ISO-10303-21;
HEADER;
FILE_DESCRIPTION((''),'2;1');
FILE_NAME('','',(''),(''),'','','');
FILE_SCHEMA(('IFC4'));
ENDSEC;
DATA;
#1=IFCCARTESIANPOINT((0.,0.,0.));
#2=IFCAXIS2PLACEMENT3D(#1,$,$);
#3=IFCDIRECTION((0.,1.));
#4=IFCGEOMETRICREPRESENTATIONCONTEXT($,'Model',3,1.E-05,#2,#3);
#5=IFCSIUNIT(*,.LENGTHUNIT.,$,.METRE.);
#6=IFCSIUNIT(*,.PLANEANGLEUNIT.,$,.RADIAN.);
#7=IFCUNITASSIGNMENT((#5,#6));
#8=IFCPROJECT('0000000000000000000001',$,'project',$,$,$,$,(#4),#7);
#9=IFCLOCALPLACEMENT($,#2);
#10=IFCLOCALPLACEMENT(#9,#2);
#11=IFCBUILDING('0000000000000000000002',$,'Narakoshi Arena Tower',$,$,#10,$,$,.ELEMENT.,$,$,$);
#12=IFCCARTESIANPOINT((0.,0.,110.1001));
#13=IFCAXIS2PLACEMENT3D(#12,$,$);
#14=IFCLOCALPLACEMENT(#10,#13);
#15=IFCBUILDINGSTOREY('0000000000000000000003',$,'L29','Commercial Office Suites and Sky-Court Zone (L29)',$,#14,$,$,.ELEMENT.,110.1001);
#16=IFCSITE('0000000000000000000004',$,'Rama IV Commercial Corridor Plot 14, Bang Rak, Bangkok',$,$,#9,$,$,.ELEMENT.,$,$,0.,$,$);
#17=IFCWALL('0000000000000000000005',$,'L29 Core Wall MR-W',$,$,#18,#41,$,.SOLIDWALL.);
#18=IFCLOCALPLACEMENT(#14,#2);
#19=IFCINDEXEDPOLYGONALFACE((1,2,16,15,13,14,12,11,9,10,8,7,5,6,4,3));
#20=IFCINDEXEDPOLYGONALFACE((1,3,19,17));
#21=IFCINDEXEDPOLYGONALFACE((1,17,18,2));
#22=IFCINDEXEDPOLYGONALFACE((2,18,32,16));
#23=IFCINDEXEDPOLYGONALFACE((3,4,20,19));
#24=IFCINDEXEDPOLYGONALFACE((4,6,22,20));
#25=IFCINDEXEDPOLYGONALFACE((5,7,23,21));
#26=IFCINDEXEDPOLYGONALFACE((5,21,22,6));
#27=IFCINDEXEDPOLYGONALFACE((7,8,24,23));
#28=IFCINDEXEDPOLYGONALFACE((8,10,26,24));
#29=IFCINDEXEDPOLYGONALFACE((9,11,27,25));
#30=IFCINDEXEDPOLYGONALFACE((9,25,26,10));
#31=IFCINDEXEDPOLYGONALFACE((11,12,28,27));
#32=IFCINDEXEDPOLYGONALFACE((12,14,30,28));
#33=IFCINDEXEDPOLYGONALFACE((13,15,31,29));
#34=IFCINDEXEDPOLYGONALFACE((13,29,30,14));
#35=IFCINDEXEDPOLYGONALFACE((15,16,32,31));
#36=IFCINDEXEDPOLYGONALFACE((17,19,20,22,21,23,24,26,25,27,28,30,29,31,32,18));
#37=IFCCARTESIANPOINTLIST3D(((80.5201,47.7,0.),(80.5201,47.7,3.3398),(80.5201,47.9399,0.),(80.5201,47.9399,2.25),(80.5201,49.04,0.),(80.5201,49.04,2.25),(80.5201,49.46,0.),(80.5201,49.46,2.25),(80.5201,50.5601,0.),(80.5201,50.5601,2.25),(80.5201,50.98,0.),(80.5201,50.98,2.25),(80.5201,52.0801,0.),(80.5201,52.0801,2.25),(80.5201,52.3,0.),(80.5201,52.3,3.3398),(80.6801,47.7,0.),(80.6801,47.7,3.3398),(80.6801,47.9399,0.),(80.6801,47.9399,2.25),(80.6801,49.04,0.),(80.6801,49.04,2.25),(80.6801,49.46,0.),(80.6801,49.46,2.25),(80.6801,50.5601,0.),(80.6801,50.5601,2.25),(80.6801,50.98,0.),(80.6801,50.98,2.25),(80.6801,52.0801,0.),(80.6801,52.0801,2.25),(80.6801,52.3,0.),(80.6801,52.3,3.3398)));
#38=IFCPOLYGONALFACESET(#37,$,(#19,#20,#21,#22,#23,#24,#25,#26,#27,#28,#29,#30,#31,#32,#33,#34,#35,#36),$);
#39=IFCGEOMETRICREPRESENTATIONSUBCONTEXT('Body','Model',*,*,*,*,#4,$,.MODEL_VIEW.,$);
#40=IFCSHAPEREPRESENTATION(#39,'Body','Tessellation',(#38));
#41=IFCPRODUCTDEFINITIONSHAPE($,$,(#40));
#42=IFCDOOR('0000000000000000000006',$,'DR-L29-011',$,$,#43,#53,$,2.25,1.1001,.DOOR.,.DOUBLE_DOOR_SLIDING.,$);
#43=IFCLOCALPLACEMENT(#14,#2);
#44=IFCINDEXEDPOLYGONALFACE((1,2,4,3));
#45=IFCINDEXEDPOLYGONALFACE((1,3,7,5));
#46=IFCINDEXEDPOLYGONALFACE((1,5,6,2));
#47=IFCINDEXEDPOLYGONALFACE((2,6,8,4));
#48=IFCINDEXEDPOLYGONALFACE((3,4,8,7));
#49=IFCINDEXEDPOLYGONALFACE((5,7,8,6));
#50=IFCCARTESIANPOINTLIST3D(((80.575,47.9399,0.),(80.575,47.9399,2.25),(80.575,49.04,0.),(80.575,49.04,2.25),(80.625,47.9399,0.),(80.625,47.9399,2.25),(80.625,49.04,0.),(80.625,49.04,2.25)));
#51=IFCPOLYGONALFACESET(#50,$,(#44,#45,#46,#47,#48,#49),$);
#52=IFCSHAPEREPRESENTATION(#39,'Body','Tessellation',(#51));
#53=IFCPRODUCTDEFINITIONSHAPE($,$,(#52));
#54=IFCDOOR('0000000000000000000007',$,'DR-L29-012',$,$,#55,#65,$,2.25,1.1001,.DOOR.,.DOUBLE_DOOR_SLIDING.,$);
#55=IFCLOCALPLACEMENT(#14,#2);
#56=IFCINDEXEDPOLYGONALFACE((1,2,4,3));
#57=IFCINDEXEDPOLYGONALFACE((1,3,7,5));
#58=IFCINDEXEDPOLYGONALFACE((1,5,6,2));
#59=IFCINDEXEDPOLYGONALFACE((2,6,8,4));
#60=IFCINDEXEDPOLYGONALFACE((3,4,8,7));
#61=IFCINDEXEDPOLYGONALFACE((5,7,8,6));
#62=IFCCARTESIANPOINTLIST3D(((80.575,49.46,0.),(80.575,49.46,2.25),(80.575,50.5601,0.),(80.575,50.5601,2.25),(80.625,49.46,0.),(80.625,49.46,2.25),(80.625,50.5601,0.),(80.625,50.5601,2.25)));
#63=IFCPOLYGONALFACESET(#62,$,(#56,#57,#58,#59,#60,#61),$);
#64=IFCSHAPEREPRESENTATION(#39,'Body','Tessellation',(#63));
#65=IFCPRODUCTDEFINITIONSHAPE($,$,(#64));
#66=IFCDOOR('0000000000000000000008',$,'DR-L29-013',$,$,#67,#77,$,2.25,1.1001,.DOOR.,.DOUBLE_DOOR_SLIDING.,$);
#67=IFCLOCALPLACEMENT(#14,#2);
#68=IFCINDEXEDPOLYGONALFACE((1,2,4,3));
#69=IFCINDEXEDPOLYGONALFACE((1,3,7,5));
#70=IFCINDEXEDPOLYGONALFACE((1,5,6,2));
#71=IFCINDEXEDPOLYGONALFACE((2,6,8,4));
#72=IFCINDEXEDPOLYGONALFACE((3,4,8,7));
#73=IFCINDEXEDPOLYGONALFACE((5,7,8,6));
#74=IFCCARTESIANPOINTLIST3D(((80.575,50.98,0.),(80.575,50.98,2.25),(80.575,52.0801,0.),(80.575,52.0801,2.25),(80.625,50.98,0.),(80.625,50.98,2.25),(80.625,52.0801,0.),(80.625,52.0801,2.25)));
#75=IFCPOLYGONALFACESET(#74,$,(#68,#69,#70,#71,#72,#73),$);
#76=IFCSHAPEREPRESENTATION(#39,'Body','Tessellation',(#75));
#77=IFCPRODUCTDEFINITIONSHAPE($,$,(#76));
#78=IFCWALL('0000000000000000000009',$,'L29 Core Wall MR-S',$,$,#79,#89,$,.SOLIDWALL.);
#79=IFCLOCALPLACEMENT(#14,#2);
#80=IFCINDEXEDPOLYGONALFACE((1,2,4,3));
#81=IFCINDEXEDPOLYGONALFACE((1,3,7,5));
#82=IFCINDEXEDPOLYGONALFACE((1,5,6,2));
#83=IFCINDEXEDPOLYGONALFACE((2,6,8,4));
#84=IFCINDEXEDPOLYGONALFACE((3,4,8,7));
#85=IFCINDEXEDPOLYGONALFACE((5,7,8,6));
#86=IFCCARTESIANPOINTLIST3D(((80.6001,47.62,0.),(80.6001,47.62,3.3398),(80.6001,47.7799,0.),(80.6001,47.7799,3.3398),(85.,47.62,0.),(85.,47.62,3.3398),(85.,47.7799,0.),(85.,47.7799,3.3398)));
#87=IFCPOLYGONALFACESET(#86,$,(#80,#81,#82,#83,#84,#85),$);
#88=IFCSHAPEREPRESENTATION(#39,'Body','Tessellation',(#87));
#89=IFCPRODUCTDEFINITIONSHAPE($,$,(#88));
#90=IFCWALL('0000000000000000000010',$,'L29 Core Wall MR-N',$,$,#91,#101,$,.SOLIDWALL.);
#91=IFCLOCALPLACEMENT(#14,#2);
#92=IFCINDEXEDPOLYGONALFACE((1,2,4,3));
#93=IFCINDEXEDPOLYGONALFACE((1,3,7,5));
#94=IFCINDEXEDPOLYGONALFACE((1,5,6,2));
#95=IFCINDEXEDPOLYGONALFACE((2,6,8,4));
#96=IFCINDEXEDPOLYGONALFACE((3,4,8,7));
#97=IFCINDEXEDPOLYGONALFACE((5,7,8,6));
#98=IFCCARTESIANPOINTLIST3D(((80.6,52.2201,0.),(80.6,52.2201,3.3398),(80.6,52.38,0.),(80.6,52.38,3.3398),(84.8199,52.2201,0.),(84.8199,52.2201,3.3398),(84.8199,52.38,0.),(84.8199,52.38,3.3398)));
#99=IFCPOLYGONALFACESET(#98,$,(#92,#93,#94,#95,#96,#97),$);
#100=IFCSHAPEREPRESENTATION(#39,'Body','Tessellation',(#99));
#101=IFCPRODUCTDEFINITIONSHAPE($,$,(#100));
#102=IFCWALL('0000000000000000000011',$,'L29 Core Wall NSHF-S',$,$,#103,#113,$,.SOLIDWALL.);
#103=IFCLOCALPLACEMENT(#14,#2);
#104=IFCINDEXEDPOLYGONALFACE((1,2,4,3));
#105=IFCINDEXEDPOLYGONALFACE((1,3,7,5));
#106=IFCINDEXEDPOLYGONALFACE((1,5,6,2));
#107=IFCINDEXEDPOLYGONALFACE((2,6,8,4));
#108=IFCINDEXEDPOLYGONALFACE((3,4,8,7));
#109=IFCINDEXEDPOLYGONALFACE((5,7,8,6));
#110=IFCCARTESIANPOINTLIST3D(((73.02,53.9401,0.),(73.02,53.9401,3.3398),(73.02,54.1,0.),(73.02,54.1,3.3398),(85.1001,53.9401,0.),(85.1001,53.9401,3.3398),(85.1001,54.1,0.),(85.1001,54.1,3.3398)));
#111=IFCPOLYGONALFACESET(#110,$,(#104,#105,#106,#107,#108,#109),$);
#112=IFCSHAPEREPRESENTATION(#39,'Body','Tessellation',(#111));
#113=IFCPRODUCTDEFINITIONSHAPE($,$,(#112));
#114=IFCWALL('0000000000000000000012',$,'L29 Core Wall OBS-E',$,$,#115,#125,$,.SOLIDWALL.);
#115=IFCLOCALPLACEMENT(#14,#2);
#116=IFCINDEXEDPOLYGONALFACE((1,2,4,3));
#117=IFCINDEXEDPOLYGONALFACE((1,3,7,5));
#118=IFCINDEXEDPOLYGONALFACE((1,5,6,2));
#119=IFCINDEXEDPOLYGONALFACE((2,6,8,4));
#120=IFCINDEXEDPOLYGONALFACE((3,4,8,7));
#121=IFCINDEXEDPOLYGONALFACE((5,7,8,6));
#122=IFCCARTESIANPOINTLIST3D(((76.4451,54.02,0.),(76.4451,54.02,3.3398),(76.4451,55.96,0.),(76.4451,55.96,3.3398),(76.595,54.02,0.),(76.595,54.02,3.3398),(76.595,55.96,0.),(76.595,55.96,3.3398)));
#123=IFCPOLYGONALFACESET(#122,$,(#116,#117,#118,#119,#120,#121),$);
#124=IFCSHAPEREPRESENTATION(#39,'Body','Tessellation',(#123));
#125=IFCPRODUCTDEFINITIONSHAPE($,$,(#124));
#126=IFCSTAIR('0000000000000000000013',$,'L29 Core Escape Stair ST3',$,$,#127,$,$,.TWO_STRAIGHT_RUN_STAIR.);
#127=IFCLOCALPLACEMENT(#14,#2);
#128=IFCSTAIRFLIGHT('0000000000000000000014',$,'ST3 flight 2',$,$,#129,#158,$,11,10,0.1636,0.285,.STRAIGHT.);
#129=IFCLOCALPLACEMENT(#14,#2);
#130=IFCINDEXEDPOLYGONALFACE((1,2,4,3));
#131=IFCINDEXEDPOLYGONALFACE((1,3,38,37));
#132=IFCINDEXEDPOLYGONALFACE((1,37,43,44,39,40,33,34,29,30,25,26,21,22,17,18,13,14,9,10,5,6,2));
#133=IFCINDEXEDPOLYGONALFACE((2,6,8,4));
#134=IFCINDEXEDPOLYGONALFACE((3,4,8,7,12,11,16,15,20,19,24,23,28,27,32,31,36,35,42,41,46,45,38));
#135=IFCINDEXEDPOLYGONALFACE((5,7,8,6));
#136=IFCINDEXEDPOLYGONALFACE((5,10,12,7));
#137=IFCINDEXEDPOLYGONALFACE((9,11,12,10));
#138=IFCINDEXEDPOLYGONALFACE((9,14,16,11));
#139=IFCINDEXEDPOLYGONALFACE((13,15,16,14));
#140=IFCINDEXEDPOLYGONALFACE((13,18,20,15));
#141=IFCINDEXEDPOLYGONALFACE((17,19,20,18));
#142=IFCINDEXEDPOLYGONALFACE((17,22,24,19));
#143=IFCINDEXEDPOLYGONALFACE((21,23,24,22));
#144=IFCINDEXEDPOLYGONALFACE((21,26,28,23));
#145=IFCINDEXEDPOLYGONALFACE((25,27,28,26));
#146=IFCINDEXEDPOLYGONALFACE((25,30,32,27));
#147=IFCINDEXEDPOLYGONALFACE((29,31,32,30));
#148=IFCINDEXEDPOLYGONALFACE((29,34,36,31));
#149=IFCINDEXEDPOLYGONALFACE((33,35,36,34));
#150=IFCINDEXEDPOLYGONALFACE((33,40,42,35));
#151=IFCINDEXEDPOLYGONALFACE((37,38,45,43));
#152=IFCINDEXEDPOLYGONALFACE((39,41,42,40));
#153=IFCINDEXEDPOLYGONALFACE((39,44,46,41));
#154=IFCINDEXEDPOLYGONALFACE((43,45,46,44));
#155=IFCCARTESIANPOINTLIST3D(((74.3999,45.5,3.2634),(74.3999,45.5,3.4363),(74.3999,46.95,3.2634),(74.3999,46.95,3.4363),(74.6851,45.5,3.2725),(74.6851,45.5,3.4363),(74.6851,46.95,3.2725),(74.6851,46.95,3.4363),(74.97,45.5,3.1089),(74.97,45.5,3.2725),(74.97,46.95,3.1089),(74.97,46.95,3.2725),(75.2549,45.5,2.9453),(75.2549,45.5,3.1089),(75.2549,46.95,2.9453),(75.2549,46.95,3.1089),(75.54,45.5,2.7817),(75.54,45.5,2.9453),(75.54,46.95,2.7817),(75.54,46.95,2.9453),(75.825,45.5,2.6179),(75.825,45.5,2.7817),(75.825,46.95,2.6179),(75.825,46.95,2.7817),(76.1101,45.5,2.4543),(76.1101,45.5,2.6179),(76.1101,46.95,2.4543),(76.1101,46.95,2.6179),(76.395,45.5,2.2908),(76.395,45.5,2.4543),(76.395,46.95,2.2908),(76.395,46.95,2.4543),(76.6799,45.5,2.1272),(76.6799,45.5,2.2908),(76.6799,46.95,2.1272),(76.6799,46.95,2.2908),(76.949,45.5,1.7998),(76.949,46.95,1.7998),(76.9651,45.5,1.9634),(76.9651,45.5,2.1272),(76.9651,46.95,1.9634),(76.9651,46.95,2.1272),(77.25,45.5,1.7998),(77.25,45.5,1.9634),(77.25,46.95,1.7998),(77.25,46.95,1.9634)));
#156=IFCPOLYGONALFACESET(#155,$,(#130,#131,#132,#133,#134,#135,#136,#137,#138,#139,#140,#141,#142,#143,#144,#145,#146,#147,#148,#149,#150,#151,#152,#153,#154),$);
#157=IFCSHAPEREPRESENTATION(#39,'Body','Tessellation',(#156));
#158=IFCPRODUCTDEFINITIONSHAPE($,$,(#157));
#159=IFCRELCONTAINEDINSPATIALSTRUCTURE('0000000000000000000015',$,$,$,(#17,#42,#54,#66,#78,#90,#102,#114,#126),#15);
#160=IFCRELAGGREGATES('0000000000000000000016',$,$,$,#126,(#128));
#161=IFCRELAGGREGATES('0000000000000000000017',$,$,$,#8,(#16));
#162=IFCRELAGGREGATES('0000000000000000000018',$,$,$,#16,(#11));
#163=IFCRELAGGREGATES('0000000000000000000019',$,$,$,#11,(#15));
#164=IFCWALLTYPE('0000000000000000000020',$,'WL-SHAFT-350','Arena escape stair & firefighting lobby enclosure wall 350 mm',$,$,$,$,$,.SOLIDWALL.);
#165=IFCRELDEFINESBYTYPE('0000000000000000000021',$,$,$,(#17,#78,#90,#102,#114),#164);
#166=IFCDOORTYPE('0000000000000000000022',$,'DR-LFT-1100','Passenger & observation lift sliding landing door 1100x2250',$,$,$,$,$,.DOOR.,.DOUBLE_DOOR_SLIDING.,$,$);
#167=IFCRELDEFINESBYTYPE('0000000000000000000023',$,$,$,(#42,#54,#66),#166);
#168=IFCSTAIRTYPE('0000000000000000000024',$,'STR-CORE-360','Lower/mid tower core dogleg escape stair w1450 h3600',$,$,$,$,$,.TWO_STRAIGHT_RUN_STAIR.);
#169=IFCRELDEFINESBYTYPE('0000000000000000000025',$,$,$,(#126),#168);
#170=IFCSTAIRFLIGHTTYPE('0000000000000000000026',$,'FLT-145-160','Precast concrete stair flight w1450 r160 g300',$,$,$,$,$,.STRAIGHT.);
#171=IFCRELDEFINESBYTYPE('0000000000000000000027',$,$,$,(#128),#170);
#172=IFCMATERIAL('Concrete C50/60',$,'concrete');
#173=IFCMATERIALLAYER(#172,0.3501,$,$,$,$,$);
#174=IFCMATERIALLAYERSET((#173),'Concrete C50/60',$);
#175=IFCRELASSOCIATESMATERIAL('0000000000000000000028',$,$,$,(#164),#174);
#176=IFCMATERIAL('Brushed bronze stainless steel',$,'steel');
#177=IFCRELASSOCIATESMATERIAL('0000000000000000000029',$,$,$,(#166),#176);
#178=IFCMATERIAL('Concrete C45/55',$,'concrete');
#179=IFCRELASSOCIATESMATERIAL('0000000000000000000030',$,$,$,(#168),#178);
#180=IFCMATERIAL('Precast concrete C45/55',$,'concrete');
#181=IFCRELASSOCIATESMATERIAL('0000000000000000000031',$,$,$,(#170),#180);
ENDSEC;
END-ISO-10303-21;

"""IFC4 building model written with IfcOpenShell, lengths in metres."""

from ifc_helpers import new_model, si_unit, direction, frame, frame_2d, origin, place, context, subcontext, project, spatial, polyline, rectangle, outline, extrude, material, layer, layer_set, type_object, element, fill, aggregate, save


model = new_model("IFC4")

# Units and contexts
model_context = context("Model", 3, precision=1e-05, world=origin(), true_north=direction((0.0, 1.0)))
body_context = subcontext(model_context, "Body", "Model", "MODEL_VIEW")
ifc_project = project(units=[si_unit("LENGTHUNIT", "METRE"), si_unit("PLANEANGLEUNIT", "RADIAN")], contexts=[model_context])

# Site, building, storey
site_placement = place(None, origin())
site = spatial("IfcSite", under=ifc_project, at=site_placement, Name="Rama IV Commercial Corridor Plot 14, Bang Rak, Bangkok", CompositionType="ELEMENT", RefElevation=0.0)
building_placement = place(site_placement, origin())
building = spatial("IfcBuilding", under=site, at=building_placement, Name="Narakoshi Arena Tower", CompositionType="ELEMENT")
storey_placement = place(building_placement, frame((0.0, 0.0, 110.1001)))
storey = spatial("IfcBuildingStorey", under=building, at=storey_placement, Name="L29", Description="Commercial Office Suites and Sky-Court Zone (L29)", CompositionType="ELEMENT", Elevation=110.1001)

# Shared definitions
ifc_material_1 = material(Name="Concrete C50/60", Category="concrete")
ifc_layer_1 = layer(ifc_material_1, 0.3501)
ifc_layer_set_1 = layer_set([ifc_layer_1], Name="Concrete C50/60")
wall_type_1 = type_object("IfcWallType", Name="WL-SHAFT-350", Description="Arena escape stair & firefighting lobby enclosure wall 350 mm", PredefinedType="SOLIDWALL", material=ifc_layer_set_1)

# Wall, openings, doors
wall_1_placement = place(storey_placement, frame((80.6001, 47.7, 0.0), z_axis=(0.0, 0.0, 1.0), x_axis=(0.0, 1.0, 0.0)))
wall_1 = element("IfcWall", 1, at=wall_1_placement, inside=storey, type_object=wall_type_1, Name="L29 Core Wall MR-W", PredefinedType="SOLIDWALL", context=body_context, shape_type="SweptSolid", body=[
    extrude(rectangle(XDim=4.6001, YDim=0.1599, at=frame_2d((2.3, 0.0))), origin(), (0.0, 0.0, 1.0), 3.3398),
])
opening_1_placement = place(wall_1_placement, frame((0.24, 0.0, 0.0)))
opening_1 = element("IfcOpeningElement", 2, at=opening_1_placement, cuts=wall_1, PredefinedType="OPENING", context=body_context, shape_type="SweptSolid", body=[
    extrude(rectangle(XDim=1.1001, YDim=2.25, at=frame_2d((0.55, 1.125))), frame((0.0, 0.0898, 0.0), z_axis=(0.0, -1.0, 0.0), x_axis=(1.0, 0.0, 0.0)), (0.0, 0.0, 1.0), 0.1799),
])
opening_2_placement = place(wall_1_placement, frame((1.76, 0.0, 0.0)))
opening_2 = element("IfcOpeningElement", 3, at=opening_2_placement, cuts=wall_1, PredefinedType="OPENING", context=body_context, shape_type="SweptSolid", body=[
    extrude(rectangle(XDim=1.1001, YDim=2.25, at=frame_2d((0.55, 1.125))), frame((0.0, 0.0898, 0.0), z_axis=(0.0, -1.0, 0.0), x_axis=(1.0, 0.0, 0.0)), (0.0, 0.0, 1.0), 0.1799),
])
opening_3_placement = place(wall_1_placement, frame((3.28, 0.0, 0.0)))
opening_3 = element("IfcOpeningElement", 4, at=opening_3_placement, cuts=wall_1, PredefinedType="OPENING", context=body_context, shape_type="SweptSolid", body=[
    extrude(rectangle(XDim=1.1001, YDim=2.25, at=frame_2d((0.55, 1.125))), frame((0.0, 0.0898, 0.0), z_axis=(0.0, -1.0, 0.0), x_axis=(1.0, 0.0, 0.0)), (0.0, 0.0, 1.0), 0.1799),
])
ifc_material_2 = material(Name="Brushed bronze stainless steel", Category="steel")
door_type_1 = type_object("IfcDoorType", Name="DR-LFT-1100", Description="Passenger & observation lift sliding landing door 1100x2250", OperationType="DOUBLE_DOOR_SLIDING", PredefinedType="DOOR", material=ifc_material_2)
door_1_placement = place(opening_1_placement, frame((1.1001, 0.0, 0.0), z_axis=(0.0, 0.0, 1.0), x_axis=(-1.0, 0.0, 0.0)))
door_1 = element("IfcDoor", 5, at=door_1_placement, inside=storey, type_object=door_type_1, Name="DR-L29-011", OperationType="DOUBLE_DOOR_SLIDING", OverallHeight=2.25, OverallWidth=1.1001, PredefinedType="DOOR", context=body_context, shape_type="SweptSolid", body=[
    extrude(rectangle(XDim=1.1001, YDim=2.25, at=frame_2d((0.55, 1.125))), frame((0.0, 0.0249, 0.0), z_axis=(0.0, -1.0, 0.0), x_axis=(1.0, 0.0, 0.0)), (0.0, 0.0, 1.0), 0.05),
])
fill(opening_1, door_1)
door_2_placement = place(opening_2_placement, frame((1.1001, 0.0, 0.0), z_axis=(0.0, 0.0, 1.0), x_axis=(-1.0, 0.0, 0.0)))
door_2 = element("IfcDoor", 6, at=door_2_placement, inside=storey, type_object=door_type_1, Name="DR-L29-012", OperationType="DOUBLE_DOOR_SLIDING", OverallHeight=2.25, OverallWidth=1.1001, PredefinedType="DOOR", context=body_context, shape_type="SweptSolid", body=[
    extrude(rectangle(XDim=1.1001, YDim=2.25, at=frame_2d((0.55, 1.125))), frame((0.0, 0.0249, 0.0), z_axis=(0.0, -1.0, 0.0), x_axis=(1.0, 0.0, 0.0)), (0.0, 0.0, 1.0), 0.05),
])
fill(opening_2, door_2)
door_3_placement = place(opening_3_placement, frame((1.1001, 0.0, 0.0), z_axis=(0.0, 0.0, 1.0), x_axis=(-1.0, 0.0, 0.0)))
door_3 = element("IfcDoor", 7, at=door_3_placement, inside=storey, type_object=door_type_1, Name="DR-L29-013", OperationType="DOUBLE_DOOR_SLIDING", OverallHeight=2.25, OverallWidth=1.1001, PredefinedType="DOOR", context=body_context, shape_type="SweptSolid", body=[
    extrude(rectangle(XDim=1.1001, YDim=2.25, at=frame_2d((0.55, 1.125))), frame((0.0, 0.0249, 0.0), z_axis=(0.0, -1.0, 0.0), x_axis=(1.0, 0.0, 0.0)), (0.0, 0.0, 1.0), 0.05),
])
fill(opening_3, door_3)

# Walls
wall_2_placement = place(storey_placement, frame((80.6001, 47.7, 0.0), z_axis=(0.0, 0.0, 1.0), x_axis=(1.0, 0.0, 0.0)))
element("IfcWall", 8, at=wall_2_placement, inside=storey, type_object=wall_type_1, Name="L29 Core Wall MR-S", PredefinedType="SOLIDWALL", context=body_context, shape_type="SweptSolid", body=[
    extrude(rectangle(XDim=4.3999, YDim=0.1599, at=frame_2d((2.2, 0.0))), origin(), (0.0, 0.0, 1.0), 3.3398),
])
wall_3_placement = place(storey_placement, frame((80.6001, 52.3, 0.0), z_axis=(0.0, 0.0, 1.0), x_axis=(1.0, 0.0, 0.0)))
element("IfcWall", 9, at=wall_3_placement, inside=storey, type_object=wall_type_1, Name="L29 Core Wall MR-N", PredefinedType="SOLIDWALL", context=body_context, shape_type="SweptSolid", body=[
    extrude(rectangle(XDim=4.22, YDim=0.1599, at=frame_2d((2.1099, 0.0))), origin(), (0.0, 0.0, 1.0), 3.3398),
])
wall_4_placement = place(storey_placement, frame((73.02, 54.02, 0.0), z_axis=(0.0, 0.0, 1.0), x_axis=(1.0, 0.0, 0.0)))
element("IfcWall", 10, at=wall_4_placement, inside=storey, type_object=wall_type_1, Name="L29 Core Wall NSHF-S", PredefinedType="SOLIDWALL", context=body_context, shape_type="SweptSolid", body=[
    extrude(rectangle(XDim=12.0801, YDim=0.1599, at=frame_2d((6.04, 0.0))), origin(), (0.0, 0.0, 1.0), 3.3398),
])
wall_5_placement = place(storey_placement, frame((76.52, 54.02, 0.0), z_axis=(0.0, 0.0, 1.0), x_axis=(0.0, 1.0, 0.0)))
element("IfcWall", 11, at=wall_5_placement, inside=storey, type_object=wall_type_1, Name="L29 Core Wall OBS-E", PredefinedType="SOLIDWALL", context=body_context, shape_type="SweptSolid", body=[
    extrude(rectangle(XDim=1.9399, YDim=0.1499, at=frame_2d((0.97, 0.0))), origin(), (0.0, 0.0, 1.0), 3.3398),
])

# Stair, stair flight
ifc_material_3 = material(Name="Concrete C45/55", Category="concrete")
stair_type = type_object("IfcStairType", Name="STR-CORE-360", Description="Lower/mid tower core dogleg escape stair w1450 h3600", PredefinedType="TWO_STRAIGHT_RUN_STAIR", material=ifc_material_3)
stair_placement = place(storey_placement, origin())
stair = element("IfcStair", 12, at=stair_placement, inside=storey, type_object=stair_type, Name="L29 Core Escape Stair ST3", PredefinedType="TWO_STRAIGHT_RUN_STAIR")
ifc_material_4 = material(Name="Precast concrete C45/55", Category="concrete")
stair_flight_type = type_object("IfcStairFlightType", Name="FLT-145-160", Description="Precast concrete stair flight w1450 r160 g300", PredefinedType="STRAIGHT", material=ifc_material_4)
stair_flight_placement = place(storey_placement, frame((77.25, 46.2251, 1.7998), z_axis=(0.0, 0.0, 1.0), x_axis=(-1.0, 0.0, 0.0)))
stair_flight = element("IfcStairFlight", 13, at=stair_flight_placement, type_object=stair_flight_type, Name="ST3 flight 2", NumberOfRisers=11, NumberOfTreads=10, PredefinedType="STRAIGHT", RiserHeight=0.1636, TreadLength=0.285, context=body_context, shape_type="SweptSolid", body=[
    extrude(outline(polyline([(0.0, 0.0), (0.0, 0.1636), (0.2849, 0.1636), (0.2849, 0.3274), (0.5701, 0.3274), (0.5701, 0.491), (0.855, 0.491), (0.855, 0.6545), (1.1399, 0.6545), (1.1399, 0.8181), (1.425, 0.8181), (1.425, 0.9819), (1.71, 0.9819), (1.71, 1.1455), (1.9951, 1.1455), (1.9951, 1.3091), (2.28, 1.3091), (2.28, 1.4727), (2.5649, 1.4727), (2.5649, 1.6365), (2.8501, 1.6365), (2.8501, 1.8), (2.8501, 1.4636), (0.301, 0.0), (0.0, 0.0)])), frame((0.0, 0.7251, 0.0), z_axis=(0.0, -1.0, 0.0), x_axis=(1.0, 0.0, 0.0)), (0.0, 0.0, 1.0), 1.45),
])
aggregate(stair, [stair_flight])

save(model, "model.ifc")
